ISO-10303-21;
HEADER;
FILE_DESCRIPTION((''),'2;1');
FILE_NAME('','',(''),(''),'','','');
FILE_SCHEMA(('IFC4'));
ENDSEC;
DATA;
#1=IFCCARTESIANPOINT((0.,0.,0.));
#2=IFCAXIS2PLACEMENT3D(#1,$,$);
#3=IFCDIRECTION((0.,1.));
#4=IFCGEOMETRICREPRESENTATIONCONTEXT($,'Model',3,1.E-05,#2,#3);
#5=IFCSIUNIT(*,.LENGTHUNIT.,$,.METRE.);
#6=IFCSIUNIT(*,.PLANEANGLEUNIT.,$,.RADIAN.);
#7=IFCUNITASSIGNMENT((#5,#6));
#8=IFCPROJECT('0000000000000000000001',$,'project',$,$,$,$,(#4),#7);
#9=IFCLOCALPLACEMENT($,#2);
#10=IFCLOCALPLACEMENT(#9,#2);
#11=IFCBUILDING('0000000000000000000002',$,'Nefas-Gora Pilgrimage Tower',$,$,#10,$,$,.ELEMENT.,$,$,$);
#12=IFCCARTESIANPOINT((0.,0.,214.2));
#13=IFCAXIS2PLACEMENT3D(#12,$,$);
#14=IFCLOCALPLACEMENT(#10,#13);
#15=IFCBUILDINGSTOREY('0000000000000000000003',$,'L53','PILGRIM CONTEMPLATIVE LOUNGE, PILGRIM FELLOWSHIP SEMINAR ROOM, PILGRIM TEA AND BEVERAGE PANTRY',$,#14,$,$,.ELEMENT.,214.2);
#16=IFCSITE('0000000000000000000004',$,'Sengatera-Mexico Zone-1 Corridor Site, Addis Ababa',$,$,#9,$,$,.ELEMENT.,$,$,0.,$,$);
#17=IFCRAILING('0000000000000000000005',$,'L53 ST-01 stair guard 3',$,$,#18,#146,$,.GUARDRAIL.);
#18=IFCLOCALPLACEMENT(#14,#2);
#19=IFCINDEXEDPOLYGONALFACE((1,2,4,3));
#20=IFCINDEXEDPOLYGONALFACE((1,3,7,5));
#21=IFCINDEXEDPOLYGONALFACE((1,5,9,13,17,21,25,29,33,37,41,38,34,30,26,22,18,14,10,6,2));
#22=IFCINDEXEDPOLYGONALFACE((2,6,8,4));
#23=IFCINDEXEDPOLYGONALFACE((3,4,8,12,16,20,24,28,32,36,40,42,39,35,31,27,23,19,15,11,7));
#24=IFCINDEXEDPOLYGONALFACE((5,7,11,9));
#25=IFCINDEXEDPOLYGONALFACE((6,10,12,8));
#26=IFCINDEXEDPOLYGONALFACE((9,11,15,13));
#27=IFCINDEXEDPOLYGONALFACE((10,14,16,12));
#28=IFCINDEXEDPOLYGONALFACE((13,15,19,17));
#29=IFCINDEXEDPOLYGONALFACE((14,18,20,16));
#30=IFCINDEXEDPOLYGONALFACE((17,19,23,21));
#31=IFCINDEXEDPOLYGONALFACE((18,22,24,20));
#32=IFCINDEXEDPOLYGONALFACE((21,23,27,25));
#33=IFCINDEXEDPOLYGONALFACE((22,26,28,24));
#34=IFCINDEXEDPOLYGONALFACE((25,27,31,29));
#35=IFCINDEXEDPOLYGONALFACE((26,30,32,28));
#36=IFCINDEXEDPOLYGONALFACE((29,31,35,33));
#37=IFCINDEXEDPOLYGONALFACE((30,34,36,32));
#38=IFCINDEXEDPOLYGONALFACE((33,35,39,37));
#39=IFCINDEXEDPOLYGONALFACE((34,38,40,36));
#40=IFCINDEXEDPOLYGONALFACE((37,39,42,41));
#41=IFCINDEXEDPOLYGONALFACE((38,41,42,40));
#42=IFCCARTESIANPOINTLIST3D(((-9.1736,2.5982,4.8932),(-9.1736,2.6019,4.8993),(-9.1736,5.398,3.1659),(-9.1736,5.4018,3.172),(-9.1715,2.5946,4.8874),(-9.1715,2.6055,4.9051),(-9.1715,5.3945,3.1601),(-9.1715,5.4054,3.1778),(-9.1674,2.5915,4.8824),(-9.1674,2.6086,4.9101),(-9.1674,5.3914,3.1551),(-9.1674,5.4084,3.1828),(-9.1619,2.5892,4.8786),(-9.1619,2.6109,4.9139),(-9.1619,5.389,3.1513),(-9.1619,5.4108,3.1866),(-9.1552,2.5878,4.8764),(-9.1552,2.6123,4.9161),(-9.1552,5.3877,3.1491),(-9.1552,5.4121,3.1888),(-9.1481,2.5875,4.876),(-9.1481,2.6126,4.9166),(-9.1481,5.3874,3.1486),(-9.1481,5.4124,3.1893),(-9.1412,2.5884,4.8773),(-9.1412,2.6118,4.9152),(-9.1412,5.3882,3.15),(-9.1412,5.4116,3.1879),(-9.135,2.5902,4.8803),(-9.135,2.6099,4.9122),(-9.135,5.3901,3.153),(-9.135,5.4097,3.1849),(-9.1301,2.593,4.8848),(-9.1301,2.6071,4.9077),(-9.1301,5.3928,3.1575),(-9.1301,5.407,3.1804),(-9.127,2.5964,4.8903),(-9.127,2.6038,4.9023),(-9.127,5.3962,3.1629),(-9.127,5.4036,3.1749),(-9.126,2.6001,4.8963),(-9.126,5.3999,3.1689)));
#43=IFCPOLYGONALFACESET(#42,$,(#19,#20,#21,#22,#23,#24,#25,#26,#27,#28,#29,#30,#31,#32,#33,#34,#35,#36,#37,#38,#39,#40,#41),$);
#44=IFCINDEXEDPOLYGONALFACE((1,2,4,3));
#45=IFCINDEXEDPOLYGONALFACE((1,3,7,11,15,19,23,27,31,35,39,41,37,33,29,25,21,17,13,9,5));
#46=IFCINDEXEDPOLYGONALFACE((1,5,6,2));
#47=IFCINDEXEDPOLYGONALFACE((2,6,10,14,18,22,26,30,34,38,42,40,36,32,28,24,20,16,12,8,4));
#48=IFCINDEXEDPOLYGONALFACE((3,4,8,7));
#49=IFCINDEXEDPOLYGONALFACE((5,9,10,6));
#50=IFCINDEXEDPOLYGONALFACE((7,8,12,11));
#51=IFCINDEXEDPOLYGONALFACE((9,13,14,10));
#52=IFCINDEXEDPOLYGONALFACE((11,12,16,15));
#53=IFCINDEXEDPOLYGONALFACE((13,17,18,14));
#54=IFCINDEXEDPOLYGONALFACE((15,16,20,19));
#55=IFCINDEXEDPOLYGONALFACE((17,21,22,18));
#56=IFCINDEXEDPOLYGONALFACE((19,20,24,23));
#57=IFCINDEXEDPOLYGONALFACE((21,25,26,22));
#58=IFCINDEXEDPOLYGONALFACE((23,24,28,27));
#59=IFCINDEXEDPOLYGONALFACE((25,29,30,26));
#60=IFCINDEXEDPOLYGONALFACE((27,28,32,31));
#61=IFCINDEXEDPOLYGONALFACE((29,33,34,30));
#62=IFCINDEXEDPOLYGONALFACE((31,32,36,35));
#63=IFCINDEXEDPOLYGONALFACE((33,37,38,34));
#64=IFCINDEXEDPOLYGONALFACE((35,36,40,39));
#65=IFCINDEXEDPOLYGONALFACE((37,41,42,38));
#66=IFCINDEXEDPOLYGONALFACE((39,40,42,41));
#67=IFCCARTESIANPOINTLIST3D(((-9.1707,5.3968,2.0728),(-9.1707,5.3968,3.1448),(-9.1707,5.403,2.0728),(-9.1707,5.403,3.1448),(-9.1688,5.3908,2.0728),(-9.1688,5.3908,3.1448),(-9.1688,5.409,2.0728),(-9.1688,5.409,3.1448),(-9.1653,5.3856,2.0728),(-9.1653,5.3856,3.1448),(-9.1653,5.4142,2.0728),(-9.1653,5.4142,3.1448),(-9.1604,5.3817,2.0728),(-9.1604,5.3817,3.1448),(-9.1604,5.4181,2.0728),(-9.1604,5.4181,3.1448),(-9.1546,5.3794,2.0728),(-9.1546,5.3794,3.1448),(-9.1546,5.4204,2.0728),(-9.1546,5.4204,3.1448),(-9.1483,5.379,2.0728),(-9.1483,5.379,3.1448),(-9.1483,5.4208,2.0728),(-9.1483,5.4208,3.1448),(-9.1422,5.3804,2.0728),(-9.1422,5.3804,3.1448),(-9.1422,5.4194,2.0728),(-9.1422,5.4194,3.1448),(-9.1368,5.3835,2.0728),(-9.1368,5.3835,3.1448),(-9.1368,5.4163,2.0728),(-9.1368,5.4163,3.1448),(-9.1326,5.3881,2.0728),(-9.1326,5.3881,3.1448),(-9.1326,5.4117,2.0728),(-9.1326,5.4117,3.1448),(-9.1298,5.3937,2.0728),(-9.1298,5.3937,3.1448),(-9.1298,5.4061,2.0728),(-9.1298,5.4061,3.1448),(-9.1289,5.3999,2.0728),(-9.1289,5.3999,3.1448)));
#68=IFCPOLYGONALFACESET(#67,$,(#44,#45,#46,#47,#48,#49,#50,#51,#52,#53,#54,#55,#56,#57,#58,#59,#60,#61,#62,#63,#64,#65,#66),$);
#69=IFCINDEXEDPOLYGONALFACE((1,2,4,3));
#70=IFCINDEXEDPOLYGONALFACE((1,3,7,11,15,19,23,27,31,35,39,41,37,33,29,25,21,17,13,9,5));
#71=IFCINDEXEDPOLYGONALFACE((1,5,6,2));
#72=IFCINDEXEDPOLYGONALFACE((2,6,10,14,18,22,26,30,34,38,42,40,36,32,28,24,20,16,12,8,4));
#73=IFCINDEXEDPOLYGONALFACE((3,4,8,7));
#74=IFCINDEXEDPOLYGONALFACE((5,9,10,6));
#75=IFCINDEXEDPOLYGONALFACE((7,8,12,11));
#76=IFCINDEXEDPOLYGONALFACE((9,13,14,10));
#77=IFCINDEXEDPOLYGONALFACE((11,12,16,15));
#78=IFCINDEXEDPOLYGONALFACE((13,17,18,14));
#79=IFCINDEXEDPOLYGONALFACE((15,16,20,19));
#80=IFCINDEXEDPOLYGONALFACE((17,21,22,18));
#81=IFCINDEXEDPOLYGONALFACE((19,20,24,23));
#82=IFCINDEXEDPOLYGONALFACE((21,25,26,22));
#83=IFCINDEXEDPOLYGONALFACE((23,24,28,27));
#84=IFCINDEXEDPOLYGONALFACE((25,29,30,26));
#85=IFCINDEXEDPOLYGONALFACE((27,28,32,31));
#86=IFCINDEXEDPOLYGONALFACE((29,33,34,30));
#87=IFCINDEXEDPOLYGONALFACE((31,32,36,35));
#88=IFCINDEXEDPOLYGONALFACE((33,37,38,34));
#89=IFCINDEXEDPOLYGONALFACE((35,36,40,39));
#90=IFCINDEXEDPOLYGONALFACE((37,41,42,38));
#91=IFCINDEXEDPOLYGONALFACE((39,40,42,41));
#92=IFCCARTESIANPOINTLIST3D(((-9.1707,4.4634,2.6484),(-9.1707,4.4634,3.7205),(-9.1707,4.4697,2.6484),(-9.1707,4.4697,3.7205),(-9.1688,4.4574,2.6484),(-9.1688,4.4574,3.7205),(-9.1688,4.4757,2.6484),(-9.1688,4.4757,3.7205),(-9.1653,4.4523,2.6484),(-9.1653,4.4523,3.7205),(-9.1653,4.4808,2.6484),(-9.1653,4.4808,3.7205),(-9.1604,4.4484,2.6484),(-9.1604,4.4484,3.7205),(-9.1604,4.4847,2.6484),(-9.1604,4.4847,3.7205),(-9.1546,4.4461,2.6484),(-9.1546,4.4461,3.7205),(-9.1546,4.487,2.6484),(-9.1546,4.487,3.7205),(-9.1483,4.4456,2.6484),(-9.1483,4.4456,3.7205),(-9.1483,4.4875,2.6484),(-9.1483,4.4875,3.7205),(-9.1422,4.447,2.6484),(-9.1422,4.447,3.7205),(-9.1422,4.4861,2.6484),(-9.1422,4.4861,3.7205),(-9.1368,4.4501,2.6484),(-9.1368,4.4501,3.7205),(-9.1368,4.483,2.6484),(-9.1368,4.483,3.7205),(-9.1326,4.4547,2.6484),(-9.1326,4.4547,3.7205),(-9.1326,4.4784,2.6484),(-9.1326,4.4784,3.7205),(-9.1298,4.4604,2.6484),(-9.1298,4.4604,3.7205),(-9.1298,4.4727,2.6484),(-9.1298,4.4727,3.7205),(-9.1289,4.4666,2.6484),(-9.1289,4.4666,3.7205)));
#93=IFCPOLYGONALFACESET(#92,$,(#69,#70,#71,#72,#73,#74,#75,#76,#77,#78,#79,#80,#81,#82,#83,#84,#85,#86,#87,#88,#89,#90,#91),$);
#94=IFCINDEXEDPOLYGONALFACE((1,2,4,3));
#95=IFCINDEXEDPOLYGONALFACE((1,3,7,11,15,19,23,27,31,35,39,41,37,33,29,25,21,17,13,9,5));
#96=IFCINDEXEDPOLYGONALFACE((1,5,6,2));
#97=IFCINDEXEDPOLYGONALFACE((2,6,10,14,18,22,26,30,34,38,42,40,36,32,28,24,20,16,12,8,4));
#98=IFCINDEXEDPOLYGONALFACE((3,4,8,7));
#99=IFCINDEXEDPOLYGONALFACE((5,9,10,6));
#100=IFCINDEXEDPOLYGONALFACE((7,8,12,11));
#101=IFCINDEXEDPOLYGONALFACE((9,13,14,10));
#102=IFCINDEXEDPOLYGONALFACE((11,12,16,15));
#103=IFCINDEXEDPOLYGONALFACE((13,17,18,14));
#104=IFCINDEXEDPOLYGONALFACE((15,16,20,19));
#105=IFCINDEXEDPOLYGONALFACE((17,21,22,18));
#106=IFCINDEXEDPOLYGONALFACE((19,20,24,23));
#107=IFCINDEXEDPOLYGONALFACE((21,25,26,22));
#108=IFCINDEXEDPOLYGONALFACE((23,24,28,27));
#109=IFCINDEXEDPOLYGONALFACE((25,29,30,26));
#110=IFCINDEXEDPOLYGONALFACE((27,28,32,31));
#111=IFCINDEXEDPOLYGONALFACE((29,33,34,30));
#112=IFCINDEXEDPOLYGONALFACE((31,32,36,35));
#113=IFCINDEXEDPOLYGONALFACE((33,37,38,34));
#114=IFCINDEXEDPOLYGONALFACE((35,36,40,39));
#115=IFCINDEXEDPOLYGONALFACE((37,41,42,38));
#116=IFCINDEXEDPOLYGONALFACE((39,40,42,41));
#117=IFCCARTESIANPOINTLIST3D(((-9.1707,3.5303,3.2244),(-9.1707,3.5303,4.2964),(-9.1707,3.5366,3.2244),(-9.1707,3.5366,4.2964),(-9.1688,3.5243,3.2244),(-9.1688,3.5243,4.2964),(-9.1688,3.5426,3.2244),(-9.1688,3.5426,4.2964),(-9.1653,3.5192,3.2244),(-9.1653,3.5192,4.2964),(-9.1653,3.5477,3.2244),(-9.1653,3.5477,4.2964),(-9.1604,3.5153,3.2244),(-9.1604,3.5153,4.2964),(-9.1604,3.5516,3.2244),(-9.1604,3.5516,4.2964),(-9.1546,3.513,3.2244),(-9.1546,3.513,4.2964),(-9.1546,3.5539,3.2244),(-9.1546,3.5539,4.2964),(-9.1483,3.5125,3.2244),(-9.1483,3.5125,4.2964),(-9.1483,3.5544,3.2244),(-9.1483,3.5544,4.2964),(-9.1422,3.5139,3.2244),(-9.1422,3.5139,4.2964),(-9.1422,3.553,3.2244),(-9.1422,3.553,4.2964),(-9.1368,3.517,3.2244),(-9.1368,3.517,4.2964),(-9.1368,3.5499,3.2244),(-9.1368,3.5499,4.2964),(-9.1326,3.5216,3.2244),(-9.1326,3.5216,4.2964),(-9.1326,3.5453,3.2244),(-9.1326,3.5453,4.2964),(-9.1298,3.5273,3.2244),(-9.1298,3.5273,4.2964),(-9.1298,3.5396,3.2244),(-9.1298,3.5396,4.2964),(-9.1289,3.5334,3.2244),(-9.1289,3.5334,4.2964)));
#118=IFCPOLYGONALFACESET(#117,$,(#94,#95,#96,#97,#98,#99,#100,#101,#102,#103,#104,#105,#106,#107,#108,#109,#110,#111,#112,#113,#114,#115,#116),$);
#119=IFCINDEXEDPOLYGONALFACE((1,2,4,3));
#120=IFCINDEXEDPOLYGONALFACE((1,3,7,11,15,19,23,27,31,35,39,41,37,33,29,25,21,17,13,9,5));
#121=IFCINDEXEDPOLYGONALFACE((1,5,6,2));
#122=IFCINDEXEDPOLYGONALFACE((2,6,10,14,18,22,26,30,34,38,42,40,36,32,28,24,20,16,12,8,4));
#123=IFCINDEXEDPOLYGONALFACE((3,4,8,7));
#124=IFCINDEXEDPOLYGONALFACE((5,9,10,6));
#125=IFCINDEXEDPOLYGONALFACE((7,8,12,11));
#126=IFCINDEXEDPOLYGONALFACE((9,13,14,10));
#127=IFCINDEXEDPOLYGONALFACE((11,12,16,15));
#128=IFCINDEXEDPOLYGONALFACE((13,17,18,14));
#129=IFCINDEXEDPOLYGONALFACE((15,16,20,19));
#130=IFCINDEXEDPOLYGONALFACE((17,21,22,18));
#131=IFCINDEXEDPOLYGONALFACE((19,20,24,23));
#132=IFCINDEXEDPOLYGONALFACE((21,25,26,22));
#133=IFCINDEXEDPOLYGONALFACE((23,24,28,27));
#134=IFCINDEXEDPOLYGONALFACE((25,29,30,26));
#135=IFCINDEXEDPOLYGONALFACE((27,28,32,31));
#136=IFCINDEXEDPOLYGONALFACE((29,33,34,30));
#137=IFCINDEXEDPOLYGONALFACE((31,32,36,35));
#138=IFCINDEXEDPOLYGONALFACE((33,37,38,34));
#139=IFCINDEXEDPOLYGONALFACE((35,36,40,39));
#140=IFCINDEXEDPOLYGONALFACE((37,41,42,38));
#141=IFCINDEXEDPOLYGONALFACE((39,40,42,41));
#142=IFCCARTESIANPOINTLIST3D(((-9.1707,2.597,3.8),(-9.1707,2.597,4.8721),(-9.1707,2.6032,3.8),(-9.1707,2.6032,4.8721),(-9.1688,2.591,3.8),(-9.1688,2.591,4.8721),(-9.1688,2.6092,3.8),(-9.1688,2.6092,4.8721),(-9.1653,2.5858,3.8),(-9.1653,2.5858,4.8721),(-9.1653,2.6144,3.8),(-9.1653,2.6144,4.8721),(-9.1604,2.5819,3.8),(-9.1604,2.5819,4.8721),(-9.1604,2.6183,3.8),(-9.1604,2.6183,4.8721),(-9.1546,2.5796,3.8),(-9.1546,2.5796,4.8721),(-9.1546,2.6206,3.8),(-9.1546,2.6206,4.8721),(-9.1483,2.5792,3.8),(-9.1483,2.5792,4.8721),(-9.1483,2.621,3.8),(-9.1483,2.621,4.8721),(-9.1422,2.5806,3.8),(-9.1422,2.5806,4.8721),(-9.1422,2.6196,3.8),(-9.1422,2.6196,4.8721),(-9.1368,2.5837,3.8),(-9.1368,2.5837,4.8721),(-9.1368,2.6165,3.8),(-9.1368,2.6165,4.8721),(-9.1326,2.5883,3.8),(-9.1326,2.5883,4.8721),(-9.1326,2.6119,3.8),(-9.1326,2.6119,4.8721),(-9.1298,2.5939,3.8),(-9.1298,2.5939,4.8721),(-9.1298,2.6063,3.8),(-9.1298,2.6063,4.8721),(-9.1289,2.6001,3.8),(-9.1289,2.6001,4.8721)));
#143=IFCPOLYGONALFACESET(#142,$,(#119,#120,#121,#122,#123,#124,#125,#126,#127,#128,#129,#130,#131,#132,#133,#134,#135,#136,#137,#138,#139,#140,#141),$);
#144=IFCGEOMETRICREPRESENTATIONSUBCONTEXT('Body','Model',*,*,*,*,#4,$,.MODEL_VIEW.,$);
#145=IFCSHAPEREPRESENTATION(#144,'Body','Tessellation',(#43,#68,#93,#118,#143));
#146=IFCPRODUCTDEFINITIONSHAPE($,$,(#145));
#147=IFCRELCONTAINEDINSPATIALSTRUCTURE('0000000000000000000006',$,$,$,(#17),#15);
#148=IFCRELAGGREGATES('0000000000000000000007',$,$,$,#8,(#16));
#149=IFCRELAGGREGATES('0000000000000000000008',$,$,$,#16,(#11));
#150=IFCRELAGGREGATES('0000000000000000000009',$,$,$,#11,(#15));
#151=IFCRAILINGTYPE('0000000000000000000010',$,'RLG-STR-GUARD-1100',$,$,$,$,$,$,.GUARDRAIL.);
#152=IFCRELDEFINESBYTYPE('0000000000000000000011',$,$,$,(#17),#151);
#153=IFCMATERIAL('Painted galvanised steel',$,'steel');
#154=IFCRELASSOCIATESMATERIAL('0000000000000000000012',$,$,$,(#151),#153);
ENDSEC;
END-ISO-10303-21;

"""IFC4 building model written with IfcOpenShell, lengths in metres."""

from ifc_helpers import new_model, si_unit, direction, frame, origin, origin_2d, place, context, subcontext, project, spatial, circle, extrude, material, type_object, element, save


model = new_model("IFC4")

# Units and contexts
model_context = context("Model", 3, precision=1e-05, world=origin(), true_north=direction((0.0, 1.0)))
body_context = subcontext(model_context, "Body", "Model", "MODEL_VIEW")
ifc_project = project(units=[si_unit("LENGTHUNIT", "METRE"), si_unit("PLANEANGLEUNIT", "RADIAN")], contexts=[model_context])

# Site, building, storey
site_placement = place(None, origin())
site = spatial("IfcSite", under=ifc_project, at=site_placement, Name="Sengatera-Mexico Zone-1 Corridor Site, Addis Ababa", CompositionType="ELEMENT", RefElevation=0.0)
building_placement = place(site_placement, origin())
building = spatial("IfcBuilding", under=site, at=building_placement, Name="Nefas-Gora Pilgrimage Tower", CompositionType="ELEMENT")
storey_placement = place(building_placement, frame((0.0, 0.0, 214.2)))
storey = spatial("IfcBuildingStorey", under=building, at=storey_placement, Name="L53", Description="PILGRIM CONTEMPLATIVE LOUNGE, PILGRIM FELLOWSHIP SEMINAR ROOM, PILGRIM TEA AND BEVERAGE PANTRY", CompositionType="ELEMENT", Elevation=214.2)

# Railing
ifc_material_1 = material(Name="Painted galvanised steel", Category="steel")
railing_type_1 = type_object("IfcRailingType", Name="RLG-STR-GUARD-1100", PredefinedType="GUARDRAIL", material=ifc_material_1)
railing_1_placement = place(storey_placement, frame((-9.1499, 5.3999, 2.0728)))
element("IfcRailing", 1, at=railing_1_placement, inside=storey, type_object=railing_type_1, Name="L53 ST-01 stair guard 3", PredefinedType="GUARDRAIL", context=body_context, shape_type="SweptSolid", body=[
    extrude(circle(Radius=0.0239, at=origin_2d()), frame((0.0, 0.0, 1.0962), z_axis=(0.0, -0.851069, 0.525054), x_axis=(1.0, 0.0, 0.0)), (0.0, 0.0, 1.0), 3.2898),
    extrude(circle(Radius=0.021, at=origin_2d()), origin(), (0.0, 0.0, 1.0), 1.072),
    extrude(circle(Radius=0.021, at=origin_2d()), frame((0.0, -0.9333, 0.5757)), (0.0, 0.0, 1.0), 1.072),
    extrude(circle(Radius=0.021, at=origin_2d()), frame((0.0, -1.8665, 1.1516)), (0.0, 0.0, 1.0), 1.072),
    extrude(circle(Radius=0.021, at=origin_2d()), frame((0.0, -2.7998, 1.7273)), (0.0, 0.0, 1.0), 1.072),
])

save(model, "model.ifc")
